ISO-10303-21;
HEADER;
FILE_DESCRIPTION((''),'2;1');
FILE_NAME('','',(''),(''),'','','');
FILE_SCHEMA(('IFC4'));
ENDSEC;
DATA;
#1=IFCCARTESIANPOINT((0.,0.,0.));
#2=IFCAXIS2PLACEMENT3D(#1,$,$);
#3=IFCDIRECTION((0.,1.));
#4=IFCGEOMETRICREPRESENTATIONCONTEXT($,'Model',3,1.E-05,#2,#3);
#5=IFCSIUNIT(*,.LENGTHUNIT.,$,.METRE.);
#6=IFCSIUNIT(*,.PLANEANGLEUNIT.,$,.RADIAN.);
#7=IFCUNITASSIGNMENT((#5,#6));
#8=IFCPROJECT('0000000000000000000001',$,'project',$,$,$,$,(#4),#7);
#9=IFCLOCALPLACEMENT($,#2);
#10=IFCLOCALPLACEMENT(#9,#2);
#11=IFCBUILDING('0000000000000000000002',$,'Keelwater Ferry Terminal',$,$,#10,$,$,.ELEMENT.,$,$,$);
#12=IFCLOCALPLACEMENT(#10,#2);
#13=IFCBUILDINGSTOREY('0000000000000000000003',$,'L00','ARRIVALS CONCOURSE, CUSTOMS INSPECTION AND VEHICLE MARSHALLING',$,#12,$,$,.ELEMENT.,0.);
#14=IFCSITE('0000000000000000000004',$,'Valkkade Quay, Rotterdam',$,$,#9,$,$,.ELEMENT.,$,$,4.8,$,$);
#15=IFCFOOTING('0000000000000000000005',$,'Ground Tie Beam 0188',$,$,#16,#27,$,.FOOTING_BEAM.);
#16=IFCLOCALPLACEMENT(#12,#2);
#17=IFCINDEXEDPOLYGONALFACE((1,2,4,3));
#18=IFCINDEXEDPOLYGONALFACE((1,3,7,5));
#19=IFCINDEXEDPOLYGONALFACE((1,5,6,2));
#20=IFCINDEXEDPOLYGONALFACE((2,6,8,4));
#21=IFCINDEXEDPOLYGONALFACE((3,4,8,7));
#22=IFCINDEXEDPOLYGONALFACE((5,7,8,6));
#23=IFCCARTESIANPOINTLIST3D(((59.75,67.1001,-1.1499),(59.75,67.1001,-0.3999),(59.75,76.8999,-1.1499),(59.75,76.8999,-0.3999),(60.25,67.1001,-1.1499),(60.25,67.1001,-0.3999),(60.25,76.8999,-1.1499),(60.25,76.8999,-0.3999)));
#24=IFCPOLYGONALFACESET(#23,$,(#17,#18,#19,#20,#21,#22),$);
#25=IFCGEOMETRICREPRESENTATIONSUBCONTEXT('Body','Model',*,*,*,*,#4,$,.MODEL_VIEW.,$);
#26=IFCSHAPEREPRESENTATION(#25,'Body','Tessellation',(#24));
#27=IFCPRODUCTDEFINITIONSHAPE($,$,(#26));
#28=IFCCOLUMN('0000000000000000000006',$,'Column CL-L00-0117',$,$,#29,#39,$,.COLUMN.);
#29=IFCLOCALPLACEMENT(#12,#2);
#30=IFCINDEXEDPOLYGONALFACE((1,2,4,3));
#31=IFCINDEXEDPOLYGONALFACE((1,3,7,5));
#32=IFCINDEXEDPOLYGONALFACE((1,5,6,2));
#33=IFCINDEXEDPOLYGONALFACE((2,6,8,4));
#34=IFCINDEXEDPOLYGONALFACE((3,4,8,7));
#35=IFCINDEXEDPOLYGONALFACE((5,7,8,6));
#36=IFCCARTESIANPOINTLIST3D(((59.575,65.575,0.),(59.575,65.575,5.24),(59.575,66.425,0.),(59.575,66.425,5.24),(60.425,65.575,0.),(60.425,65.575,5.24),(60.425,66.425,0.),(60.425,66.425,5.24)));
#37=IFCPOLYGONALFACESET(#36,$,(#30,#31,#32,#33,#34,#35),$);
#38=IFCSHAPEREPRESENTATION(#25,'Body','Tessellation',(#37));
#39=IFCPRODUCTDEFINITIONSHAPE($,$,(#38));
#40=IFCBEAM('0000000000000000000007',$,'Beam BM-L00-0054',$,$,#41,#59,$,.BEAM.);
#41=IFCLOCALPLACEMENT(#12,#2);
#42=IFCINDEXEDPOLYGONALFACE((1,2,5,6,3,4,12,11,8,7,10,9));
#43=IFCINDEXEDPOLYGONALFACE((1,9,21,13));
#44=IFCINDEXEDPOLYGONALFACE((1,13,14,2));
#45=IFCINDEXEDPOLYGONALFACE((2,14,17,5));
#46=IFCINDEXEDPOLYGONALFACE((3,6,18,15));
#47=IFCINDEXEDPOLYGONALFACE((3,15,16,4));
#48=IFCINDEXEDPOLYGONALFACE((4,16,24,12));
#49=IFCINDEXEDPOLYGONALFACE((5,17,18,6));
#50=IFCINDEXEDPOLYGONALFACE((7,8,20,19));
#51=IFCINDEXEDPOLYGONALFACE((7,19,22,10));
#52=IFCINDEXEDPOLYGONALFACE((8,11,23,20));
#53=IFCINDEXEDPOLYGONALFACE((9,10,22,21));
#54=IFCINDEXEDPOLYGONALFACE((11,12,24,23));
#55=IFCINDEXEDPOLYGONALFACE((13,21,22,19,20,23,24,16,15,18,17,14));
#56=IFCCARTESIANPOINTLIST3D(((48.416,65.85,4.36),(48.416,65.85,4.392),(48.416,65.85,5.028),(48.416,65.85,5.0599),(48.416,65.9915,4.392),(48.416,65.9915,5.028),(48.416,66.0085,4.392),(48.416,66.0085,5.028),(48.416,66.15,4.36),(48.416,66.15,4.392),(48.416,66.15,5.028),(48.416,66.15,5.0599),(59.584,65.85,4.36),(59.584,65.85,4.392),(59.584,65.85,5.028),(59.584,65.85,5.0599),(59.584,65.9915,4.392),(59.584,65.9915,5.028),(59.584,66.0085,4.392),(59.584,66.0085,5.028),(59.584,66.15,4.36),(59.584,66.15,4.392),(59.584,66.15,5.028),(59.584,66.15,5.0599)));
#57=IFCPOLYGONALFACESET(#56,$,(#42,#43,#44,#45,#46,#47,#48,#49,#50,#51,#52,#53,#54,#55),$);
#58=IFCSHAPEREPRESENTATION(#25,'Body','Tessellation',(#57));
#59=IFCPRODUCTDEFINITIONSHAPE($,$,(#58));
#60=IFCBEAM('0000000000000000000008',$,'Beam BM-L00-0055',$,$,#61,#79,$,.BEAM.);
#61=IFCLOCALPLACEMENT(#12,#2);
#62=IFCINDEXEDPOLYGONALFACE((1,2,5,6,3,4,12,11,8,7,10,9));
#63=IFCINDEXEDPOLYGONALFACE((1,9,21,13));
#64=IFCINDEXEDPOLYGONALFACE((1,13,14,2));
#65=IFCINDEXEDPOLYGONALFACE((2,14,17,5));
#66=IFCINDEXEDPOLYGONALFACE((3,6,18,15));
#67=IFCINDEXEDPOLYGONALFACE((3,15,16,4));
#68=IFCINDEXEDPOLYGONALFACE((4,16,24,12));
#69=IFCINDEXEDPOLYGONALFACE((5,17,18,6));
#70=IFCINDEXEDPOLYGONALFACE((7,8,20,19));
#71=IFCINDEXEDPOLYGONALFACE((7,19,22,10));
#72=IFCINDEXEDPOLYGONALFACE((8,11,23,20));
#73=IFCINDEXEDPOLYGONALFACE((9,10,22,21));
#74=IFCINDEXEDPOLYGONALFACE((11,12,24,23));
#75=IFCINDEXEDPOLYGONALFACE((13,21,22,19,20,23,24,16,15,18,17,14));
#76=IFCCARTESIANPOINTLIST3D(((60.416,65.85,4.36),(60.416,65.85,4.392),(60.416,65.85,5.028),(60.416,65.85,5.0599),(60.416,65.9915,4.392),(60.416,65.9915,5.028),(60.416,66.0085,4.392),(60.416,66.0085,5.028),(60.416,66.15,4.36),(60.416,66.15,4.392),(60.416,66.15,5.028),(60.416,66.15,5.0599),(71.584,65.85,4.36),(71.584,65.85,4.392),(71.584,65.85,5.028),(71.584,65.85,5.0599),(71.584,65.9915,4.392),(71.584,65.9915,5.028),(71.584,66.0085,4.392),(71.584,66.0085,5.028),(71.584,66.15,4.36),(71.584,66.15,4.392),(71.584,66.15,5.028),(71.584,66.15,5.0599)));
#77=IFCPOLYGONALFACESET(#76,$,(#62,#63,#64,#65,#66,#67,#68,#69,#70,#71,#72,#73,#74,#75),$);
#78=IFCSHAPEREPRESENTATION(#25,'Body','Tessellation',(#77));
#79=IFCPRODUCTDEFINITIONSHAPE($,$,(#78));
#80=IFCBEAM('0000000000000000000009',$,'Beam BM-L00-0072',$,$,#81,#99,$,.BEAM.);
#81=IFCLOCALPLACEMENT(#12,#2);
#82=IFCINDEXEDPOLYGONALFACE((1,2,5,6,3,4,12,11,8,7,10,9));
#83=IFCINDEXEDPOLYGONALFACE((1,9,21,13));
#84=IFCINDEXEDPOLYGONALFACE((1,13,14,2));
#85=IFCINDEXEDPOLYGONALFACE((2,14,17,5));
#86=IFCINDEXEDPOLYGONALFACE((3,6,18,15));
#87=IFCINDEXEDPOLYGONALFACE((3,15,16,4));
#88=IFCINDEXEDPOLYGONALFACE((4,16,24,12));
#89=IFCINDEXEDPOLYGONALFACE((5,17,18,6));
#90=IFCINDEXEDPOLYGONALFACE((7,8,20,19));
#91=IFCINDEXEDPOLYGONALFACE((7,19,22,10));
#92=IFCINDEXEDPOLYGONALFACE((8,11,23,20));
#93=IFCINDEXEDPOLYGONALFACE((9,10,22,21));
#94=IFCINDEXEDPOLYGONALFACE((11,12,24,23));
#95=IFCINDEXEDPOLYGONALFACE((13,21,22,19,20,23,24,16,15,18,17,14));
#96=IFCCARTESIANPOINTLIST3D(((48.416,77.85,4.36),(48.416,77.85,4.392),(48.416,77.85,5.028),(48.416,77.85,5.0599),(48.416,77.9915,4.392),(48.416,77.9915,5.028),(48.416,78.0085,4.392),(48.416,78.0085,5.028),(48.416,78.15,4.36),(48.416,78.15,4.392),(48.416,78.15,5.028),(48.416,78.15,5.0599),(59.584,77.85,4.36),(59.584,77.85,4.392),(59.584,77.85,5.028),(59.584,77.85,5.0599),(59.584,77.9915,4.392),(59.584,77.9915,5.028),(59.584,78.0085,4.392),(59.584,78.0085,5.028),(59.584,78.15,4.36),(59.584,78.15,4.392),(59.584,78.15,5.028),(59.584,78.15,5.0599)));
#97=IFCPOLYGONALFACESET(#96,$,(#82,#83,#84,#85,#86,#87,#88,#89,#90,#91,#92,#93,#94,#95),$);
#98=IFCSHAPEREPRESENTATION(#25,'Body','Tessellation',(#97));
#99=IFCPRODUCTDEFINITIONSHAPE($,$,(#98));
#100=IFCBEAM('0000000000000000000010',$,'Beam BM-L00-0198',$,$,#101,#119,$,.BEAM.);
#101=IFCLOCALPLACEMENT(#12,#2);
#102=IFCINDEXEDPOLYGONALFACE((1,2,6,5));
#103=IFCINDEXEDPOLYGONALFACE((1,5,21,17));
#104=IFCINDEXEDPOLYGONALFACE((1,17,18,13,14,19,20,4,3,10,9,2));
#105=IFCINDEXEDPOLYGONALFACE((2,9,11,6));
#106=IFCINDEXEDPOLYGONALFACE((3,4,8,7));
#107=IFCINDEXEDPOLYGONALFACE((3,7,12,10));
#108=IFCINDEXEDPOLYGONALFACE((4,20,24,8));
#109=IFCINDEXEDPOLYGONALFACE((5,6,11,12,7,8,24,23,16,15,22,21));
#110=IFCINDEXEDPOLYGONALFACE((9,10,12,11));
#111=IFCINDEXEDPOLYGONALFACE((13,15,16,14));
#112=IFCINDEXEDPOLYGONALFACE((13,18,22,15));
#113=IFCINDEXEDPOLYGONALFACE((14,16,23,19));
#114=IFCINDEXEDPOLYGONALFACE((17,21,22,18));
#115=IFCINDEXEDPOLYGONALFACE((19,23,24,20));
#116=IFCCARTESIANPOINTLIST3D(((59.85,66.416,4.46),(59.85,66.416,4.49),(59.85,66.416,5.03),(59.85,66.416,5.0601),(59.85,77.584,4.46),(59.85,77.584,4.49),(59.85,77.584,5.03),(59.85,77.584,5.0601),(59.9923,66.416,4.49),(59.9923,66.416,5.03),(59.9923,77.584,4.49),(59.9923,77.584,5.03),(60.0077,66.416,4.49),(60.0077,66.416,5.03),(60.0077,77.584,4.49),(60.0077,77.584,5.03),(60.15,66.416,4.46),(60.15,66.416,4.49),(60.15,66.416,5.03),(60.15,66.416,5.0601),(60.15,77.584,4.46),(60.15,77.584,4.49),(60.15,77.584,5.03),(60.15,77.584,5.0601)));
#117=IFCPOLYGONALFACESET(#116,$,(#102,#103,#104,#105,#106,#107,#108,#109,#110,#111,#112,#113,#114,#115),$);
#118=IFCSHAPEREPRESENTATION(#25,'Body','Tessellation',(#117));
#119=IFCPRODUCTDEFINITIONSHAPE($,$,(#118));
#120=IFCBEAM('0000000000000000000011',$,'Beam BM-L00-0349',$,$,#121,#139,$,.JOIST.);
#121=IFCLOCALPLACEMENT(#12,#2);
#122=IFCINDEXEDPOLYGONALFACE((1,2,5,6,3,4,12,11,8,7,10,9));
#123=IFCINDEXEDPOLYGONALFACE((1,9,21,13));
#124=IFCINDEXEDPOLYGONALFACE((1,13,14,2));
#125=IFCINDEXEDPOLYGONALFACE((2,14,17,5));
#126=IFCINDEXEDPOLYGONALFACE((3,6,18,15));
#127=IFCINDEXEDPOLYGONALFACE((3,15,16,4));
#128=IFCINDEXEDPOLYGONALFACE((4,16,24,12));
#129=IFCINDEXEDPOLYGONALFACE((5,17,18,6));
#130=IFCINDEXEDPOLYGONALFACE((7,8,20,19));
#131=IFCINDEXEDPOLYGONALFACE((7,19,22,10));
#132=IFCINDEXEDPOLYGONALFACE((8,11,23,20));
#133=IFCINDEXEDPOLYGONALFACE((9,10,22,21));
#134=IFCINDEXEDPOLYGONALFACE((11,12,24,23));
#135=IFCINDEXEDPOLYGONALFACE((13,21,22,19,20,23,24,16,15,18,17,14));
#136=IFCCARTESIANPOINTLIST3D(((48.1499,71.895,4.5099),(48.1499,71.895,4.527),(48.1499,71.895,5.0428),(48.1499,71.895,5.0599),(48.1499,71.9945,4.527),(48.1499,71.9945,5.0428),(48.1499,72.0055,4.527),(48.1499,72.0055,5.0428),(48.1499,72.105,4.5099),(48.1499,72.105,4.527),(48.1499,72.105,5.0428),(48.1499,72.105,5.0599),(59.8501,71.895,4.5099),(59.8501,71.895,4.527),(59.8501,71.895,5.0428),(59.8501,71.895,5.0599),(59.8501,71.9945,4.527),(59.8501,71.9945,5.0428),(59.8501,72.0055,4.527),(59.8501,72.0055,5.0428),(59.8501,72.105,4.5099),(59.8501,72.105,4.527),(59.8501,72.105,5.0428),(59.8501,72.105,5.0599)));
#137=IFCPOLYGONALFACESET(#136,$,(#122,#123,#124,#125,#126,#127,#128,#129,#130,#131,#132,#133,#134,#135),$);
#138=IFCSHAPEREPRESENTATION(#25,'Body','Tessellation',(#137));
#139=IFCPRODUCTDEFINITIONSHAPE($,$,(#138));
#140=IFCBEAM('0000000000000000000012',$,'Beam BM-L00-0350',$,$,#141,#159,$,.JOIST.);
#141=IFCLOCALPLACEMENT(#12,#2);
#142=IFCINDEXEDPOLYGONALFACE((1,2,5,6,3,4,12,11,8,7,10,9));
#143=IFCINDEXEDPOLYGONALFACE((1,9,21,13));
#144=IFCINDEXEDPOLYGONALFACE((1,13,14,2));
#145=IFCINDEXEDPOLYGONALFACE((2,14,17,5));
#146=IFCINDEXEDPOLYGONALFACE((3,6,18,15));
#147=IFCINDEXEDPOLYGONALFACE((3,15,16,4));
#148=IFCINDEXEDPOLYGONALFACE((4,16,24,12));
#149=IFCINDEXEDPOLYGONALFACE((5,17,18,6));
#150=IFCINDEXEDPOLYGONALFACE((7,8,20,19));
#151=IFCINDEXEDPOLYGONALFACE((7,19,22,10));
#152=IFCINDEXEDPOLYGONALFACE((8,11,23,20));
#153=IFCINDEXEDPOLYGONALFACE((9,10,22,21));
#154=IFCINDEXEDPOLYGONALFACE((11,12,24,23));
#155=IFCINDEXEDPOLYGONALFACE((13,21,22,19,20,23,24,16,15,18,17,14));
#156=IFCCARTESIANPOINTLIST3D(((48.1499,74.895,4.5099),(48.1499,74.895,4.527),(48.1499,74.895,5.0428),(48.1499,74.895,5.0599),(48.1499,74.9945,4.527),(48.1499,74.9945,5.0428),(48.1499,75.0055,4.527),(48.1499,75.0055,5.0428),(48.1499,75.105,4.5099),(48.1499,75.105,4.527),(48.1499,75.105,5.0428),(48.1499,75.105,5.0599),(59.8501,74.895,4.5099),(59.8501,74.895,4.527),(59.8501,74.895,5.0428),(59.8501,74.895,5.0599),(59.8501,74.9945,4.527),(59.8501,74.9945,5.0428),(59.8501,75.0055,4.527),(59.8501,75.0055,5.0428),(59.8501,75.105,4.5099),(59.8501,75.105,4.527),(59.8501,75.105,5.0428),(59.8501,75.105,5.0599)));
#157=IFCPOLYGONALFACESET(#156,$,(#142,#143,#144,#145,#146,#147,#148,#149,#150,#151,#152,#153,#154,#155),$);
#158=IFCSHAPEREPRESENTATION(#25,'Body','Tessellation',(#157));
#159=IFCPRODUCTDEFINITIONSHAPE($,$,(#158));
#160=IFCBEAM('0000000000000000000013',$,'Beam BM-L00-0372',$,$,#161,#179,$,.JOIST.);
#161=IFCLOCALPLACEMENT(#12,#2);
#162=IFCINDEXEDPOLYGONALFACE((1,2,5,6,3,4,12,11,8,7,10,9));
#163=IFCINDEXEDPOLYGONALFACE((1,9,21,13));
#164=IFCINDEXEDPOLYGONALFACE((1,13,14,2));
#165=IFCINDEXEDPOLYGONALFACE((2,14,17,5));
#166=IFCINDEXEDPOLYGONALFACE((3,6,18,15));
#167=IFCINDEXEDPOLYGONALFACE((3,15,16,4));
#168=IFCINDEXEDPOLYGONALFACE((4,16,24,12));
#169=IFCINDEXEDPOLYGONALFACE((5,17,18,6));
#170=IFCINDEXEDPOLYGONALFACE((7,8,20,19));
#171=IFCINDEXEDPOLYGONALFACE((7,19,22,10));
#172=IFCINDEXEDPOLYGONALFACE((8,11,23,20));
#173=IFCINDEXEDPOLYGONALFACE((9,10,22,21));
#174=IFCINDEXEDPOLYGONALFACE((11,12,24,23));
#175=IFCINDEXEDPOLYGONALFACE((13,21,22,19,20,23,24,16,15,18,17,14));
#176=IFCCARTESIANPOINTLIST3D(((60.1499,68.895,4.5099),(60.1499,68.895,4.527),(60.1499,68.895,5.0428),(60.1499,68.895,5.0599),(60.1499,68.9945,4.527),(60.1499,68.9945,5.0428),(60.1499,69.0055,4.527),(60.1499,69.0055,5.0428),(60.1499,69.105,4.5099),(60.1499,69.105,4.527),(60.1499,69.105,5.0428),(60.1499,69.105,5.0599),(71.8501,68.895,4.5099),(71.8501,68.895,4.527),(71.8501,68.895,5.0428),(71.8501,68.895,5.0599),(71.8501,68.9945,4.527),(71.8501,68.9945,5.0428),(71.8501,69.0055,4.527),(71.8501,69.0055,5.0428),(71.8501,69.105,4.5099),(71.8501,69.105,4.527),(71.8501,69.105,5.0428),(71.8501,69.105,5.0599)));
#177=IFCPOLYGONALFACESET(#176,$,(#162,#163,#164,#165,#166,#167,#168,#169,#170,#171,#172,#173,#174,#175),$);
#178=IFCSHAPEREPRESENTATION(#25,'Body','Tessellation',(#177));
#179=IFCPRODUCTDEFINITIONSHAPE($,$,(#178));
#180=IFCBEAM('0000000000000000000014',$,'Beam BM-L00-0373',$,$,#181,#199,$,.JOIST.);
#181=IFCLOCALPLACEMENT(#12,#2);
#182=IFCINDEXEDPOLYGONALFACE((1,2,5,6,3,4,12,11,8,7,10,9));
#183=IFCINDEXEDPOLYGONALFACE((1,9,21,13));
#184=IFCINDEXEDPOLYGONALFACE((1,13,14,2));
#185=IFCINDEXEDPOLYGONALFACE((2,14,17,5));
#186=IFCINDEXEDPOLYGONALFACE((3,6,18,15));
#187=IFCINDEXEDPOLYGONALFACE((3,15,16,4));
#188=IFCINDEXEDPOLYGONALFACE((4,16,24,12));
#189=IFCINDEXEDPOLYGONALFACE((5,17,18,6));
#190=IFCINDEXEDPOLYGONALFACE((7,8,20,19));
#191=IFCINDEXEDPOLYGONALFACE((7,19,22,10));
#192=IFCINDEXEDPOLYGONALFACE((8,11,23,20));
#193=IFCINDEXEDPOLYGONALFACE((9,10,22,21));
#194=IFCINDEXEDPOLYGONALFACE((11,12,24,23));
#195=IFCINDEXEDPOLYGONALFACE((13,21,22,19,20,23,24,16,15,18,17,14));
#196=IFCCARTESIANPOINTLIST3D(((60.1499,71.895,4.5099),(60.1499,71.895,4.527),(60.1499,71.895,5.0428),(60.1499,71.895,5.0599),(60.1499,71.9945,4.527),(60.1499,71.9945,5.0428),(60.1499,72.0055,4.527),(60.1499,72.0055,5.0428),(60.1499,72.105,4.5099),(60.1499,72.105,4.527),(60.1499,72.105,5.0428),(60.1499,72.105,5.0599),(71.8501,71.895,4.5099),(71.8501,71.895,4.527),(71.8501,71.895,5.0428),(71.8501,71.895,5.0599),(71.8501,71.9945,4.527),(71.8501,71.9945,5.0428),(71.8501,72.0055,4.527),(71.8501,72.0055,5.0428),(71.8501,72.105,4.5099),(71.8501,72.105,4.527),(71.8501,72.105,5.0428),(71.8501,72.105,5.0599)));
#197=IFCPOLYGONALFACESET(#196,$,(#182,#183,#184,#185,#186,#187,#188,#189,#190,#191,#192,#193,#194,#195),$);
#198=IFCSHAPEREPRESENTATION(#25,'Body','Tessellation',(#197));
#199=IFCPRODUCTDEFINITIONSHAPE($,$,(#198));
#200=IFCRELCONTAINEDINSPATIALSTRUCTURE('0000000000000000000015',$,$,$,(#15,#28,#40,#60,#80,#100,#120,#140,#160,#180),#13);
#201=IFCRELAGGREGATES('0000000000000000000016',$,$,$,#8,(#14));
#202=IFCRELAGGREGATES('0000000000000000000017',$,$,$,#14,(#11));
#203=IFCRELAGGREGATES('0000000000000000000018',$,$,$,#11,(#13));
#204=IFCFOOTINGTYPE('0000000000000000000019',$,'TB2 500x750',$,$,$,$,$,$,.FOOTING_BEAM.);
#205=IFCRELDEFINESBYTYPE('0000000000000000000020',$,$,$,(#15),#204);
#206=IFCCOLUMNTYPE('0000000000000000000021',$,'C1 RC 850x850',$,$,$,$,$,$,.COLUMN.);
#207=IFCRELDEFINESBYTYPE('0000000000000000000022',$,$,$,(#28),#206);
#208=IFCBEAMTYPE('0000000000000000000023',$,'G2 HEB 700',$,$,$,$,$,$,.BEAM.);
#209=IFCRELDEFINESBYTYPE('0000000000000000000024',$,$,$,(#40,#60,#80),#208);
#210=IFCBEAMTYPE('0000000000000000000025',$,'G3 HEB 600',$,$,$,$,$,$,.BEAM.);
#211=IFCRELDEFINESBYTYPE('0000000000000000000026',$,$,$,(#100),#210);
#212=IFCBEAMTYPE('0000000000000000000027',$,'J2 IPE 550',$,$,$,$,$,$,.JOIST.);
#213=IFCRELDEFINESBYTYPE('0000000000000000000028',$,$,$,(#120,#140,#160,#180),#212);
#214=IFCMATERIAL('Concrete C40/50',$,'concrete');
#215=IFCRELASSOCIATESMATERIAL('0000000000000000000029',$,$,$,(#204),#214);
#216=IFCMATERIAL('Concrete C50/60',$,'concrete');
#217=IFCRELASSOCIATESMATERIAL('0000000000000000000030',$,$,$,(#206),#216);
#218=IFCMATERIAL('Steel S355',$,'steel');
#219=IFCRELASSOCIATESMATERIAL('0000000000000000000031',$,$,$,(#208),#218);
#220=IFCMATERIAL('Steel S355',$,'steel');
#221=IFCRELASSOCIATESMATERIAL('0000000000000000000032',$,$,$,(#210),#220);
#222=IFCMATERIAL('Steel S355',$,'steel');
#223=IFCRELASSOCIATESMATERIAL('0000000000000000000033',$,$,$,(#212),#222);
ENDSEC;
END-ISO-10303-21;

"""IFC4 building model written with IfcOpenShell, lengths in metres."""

from ifc_helpers import new_model, si_unit, direction, frame, origin, origin_2d, place, context, subcontext, project, spatial, rectangle, i_section, extrude, material, material_profile, profile_set, type_object, element, save


model = new_model("IFC4")

# Units and contexts
model_context = context("Model", 3, precision=1e-05, world=origin(), true_north=direction((0.0, 1.0)))
body_context = subcontext(model_context, "Body", "Model", "MODEL_VIEW")
ifc_project = project(units=[si_unit("LENGTHUNIT", "METRE"), si_unit("PLANEANGLEUNIT", "RADIAN")], contexts=[model_context])

# Site, building, storey
site_placement = place(None, origin())
site = spatial("IfcSite", under=ifc_project, at=site_placement, Name="Valkkade Quay, Rotterdam", CompositionType="ELEMENT", RefElevation=4.8)
building_placement = place(site_placement, origin())
building = spatial("IfcBuilding", under=site, at=building_placement, Name="Keelwater Ferry Terminal", CompositionType="ELEMENT")
storey_placement = place(building_placement, origin())
storey = spatial("IfcBuildingStorey", under=building, at=storey_placement, Name="L00", Description="ARRIVALS CONCOURSE, CUSTOMS INSPECTION AND VEHICLE MARSHALLING", CompositionType="ELEMENT", Elevation=0.0)

# Footing
ifc_material_1 = material(Name="Concrete C40/50", Category="concrete")
ifc_material_profile_1 = material_profile(ifc_material_1, rectangle(XDim=0.5, YDim=0.75, at=origin_2d()), Name="TB 500x750")
ifc_profile_set_1 = profile_set([ifc_material_profile_1], Name="Concrete C40/50")
footing_type_1 = type_object("IfcFootingType", Name="TB2 500x750", PredefinedType="FOOTING_BEAM", material=ifc_profile_set_1)
footing_1_placement = place(storey_placement, frame((60.0, 67.1001, -0.7749), z_axis=(0.0, 1.0, 0.0), x_axis=(-1.0, 0.0, 0.0)))
element("IfcFooting", 1, at=footing_1_placement, inside=storey, type_object=footing_type_1, Name="Ground Tie Beam 0188", PredefinedType="FOOTING_BEAM", context=body_context, shape_type="SweptSolid", body=[
    extrude(rectangle(XDim=0.5, YDim=0.75, at=origin_2d()), origin(), (0.0, 0.0, 1.0), 9.7998),
])

# Column
ifc_material_2 = material(Name="Concrete C50/60", Category="concrete")
ifc_material_profile_2 = material_profile(ifc_material_2, rectangle(XDim=0.8501, YDim=0.8501, at=origin_2d()), Name="RC 850x850")
ifc_profile_set_2 = profile_set([ifc_material_profile_2], Name="Concrete C50/60")
column_type = type_object("IfcColumnType", Name="C1 RC 850x850", PredefinedType="COLUMN", material=ifc_profile_set_2)
column_placement = place(storey_placement, frame((60.0, 66.0, 0.0), z_axis=(0.0, 0.0, 1.0), x_axis=(1.0, 0.0, 0.0)))
element("IfcColumn", 2, at=column_placement, inside=storey, type_object=column_type, Name="Column CL-L00-0117", PredefinedType="COLUMN", context=body_context, shape_type="SweptSolid", body=[
    extrude(rectangle(XDim=0.8501, YDim=0.8501, at=origin_2d()), origin(), (0.0, 0.0, 1.0), 5.24),
])

# Beams
ifc_material_3 = material(Name="Steel S355", Category="steel")
ifc_material_profile_3 = material_profile(ifc_material_3, i_section(OverallWidth=0.3, OverallDepth=0.7, WebThickness=0.0171, FlangeThickness=0.032, at=origin_2d()), Name="HEB 700")
ifc_profile_set_3 = profile_set([ifc_material_profile_3], Name="Steel S355")
beam_type_1 = type_object("IfcBeamType", Name="G2 HEB 700", PredefinedType="BEAM", material=ifc_profile_set_3)
for number, where, z_axis, x_axis, name in (
    (3, (48.416, 66.0, 4.71), (1.0, 0.0, 0.0), (0.0, 1.0, 0.0), "Beam BM-L00-0054"),
    (4, (60.416, 66.0, 4.71), (1.0, 0.0, 0.0), (0.0, 1.0, 0.0), "Beam BM-L00-0055"),
    (5, (48.416, 78.0, 4.71), (1.0, 0.0, 0.0), (0.0, 1.0, 0.0), "Beam BM-L00-0072"),
):
    element("IfcBeam", number, at=place(storey_placement, frame(where, z_axis=z_axis, x_axis=x_axis)), inside=storey, type_object=beam_type_1, Name=name, PredefinedType="BEAM", context=body_context, shape_type="SweptSolid", body=[
        extrude(i_section(OverallWidth=0.3, OverallDepth=0.7, WebThickness=0.0171, FlangeThickness=0.032, at=origin_2d()), origin(), (0.0, 0.0, 1.0), 11.168),
    ])
ifc_material_4 = material(Name="Steel S355", Category="steel")
ifc_material_profile_4 = material_profile(ifc_material_4, i_section(OverallWidth=0.3, OverallDepth=0.6001, WebThickness=0.0154, FlangeThickness=0.03, at=origin_2d()), Name="HEB 600")
ifc_profile_set_4 = profile_set([ifc_material_profile_4], Name="Steel S355")
beam_type_2 = type_object("IfcBeamType", Name="G3 HEB 600", PredefinedType="BEAM", material=ifc_profile_set_4)
beam_placement = place(storey_placement, frame((60.0, 66.416, 4.76), z_axis=(0.0, 1.0, 0.0), x_axis=(-1.0, 0.0, 0.0)))
element("IfcBeam", 6, at=beam_placement, inside=storey, type_object=beam_type_2, Name="Beam BM-L00-0198", PredefinedType="BEAM", context=body_context, shape_type="SweptSolid", body=[
    extrude(i_section(OverallWidth=0.3, OverallDepth=0.6001, WebThickness=0.0154, FlangeThickness=0.03, at=origin_2d()), origin(), (0.0, 0.0, 1.0), 11.168),
])
ifc_material_5 = material(Name="Steel S355", Category="steel")
ifc_material_profile_5 = material_profile(ifc_material_5, i_section(OverallWidth=0.21, OverallDepth=0.55, WebThickness=0.011, FlangeThickness=0.0171, at=origin_2d()), Name="IPE 550")
ifc_profile_set_5 = profile_set([ifc_material_profile_5], Name="Steel S355")
beam_type_3 = type_object("IfcBeamType", Name="J2 IPE 550", PredefinedType="JOIST", material=ifc_profile_set_5)
for number, where, z_axis, x_axis, name in (
    (7, (48.1499, 72.0, 4.7849), (1.0, 0.0, 0.0), (0.0, 1.0, 0.0), "Beam BM-L00-0349"),
    (8, (48.1499, 75.0, 4.7849), (1.0, 0.0, 0.0), (0.0, 1.0, 0.0), "Beam BM-L00-0350"),
    (9, (60.1499, 69.0, 4.7849), (1.0, 0.0, 0.0), (0.0, 1.0, 0.0), "Beam BM-L00-0372"),
    (10, (60.1499, 72.0, 4.7849), (1.0, 0.0, 0.0), (0.0, 1.0, 0.0), "Beam BM-L00-0373"),
):
    element("IfcBeam", number, at=place(storey_placement, frame(where, z_axis=z_axis, x_axis=x_axis)), inside=storey, type_object=beam_type_3, Name=name, PredefinedType="JOIST", context=body_context, shape_type="SweptSolid", body=[
        extrude(i_section(OverallWidth=0.21, OverallDepth=0.55, WebThickness=0.011, FlangeThickness=0.0171, at=origin_2d()), origin(), (0.0, 0.0, 1.0), 11.7002),
    ])

save(model, "model.ifc")
